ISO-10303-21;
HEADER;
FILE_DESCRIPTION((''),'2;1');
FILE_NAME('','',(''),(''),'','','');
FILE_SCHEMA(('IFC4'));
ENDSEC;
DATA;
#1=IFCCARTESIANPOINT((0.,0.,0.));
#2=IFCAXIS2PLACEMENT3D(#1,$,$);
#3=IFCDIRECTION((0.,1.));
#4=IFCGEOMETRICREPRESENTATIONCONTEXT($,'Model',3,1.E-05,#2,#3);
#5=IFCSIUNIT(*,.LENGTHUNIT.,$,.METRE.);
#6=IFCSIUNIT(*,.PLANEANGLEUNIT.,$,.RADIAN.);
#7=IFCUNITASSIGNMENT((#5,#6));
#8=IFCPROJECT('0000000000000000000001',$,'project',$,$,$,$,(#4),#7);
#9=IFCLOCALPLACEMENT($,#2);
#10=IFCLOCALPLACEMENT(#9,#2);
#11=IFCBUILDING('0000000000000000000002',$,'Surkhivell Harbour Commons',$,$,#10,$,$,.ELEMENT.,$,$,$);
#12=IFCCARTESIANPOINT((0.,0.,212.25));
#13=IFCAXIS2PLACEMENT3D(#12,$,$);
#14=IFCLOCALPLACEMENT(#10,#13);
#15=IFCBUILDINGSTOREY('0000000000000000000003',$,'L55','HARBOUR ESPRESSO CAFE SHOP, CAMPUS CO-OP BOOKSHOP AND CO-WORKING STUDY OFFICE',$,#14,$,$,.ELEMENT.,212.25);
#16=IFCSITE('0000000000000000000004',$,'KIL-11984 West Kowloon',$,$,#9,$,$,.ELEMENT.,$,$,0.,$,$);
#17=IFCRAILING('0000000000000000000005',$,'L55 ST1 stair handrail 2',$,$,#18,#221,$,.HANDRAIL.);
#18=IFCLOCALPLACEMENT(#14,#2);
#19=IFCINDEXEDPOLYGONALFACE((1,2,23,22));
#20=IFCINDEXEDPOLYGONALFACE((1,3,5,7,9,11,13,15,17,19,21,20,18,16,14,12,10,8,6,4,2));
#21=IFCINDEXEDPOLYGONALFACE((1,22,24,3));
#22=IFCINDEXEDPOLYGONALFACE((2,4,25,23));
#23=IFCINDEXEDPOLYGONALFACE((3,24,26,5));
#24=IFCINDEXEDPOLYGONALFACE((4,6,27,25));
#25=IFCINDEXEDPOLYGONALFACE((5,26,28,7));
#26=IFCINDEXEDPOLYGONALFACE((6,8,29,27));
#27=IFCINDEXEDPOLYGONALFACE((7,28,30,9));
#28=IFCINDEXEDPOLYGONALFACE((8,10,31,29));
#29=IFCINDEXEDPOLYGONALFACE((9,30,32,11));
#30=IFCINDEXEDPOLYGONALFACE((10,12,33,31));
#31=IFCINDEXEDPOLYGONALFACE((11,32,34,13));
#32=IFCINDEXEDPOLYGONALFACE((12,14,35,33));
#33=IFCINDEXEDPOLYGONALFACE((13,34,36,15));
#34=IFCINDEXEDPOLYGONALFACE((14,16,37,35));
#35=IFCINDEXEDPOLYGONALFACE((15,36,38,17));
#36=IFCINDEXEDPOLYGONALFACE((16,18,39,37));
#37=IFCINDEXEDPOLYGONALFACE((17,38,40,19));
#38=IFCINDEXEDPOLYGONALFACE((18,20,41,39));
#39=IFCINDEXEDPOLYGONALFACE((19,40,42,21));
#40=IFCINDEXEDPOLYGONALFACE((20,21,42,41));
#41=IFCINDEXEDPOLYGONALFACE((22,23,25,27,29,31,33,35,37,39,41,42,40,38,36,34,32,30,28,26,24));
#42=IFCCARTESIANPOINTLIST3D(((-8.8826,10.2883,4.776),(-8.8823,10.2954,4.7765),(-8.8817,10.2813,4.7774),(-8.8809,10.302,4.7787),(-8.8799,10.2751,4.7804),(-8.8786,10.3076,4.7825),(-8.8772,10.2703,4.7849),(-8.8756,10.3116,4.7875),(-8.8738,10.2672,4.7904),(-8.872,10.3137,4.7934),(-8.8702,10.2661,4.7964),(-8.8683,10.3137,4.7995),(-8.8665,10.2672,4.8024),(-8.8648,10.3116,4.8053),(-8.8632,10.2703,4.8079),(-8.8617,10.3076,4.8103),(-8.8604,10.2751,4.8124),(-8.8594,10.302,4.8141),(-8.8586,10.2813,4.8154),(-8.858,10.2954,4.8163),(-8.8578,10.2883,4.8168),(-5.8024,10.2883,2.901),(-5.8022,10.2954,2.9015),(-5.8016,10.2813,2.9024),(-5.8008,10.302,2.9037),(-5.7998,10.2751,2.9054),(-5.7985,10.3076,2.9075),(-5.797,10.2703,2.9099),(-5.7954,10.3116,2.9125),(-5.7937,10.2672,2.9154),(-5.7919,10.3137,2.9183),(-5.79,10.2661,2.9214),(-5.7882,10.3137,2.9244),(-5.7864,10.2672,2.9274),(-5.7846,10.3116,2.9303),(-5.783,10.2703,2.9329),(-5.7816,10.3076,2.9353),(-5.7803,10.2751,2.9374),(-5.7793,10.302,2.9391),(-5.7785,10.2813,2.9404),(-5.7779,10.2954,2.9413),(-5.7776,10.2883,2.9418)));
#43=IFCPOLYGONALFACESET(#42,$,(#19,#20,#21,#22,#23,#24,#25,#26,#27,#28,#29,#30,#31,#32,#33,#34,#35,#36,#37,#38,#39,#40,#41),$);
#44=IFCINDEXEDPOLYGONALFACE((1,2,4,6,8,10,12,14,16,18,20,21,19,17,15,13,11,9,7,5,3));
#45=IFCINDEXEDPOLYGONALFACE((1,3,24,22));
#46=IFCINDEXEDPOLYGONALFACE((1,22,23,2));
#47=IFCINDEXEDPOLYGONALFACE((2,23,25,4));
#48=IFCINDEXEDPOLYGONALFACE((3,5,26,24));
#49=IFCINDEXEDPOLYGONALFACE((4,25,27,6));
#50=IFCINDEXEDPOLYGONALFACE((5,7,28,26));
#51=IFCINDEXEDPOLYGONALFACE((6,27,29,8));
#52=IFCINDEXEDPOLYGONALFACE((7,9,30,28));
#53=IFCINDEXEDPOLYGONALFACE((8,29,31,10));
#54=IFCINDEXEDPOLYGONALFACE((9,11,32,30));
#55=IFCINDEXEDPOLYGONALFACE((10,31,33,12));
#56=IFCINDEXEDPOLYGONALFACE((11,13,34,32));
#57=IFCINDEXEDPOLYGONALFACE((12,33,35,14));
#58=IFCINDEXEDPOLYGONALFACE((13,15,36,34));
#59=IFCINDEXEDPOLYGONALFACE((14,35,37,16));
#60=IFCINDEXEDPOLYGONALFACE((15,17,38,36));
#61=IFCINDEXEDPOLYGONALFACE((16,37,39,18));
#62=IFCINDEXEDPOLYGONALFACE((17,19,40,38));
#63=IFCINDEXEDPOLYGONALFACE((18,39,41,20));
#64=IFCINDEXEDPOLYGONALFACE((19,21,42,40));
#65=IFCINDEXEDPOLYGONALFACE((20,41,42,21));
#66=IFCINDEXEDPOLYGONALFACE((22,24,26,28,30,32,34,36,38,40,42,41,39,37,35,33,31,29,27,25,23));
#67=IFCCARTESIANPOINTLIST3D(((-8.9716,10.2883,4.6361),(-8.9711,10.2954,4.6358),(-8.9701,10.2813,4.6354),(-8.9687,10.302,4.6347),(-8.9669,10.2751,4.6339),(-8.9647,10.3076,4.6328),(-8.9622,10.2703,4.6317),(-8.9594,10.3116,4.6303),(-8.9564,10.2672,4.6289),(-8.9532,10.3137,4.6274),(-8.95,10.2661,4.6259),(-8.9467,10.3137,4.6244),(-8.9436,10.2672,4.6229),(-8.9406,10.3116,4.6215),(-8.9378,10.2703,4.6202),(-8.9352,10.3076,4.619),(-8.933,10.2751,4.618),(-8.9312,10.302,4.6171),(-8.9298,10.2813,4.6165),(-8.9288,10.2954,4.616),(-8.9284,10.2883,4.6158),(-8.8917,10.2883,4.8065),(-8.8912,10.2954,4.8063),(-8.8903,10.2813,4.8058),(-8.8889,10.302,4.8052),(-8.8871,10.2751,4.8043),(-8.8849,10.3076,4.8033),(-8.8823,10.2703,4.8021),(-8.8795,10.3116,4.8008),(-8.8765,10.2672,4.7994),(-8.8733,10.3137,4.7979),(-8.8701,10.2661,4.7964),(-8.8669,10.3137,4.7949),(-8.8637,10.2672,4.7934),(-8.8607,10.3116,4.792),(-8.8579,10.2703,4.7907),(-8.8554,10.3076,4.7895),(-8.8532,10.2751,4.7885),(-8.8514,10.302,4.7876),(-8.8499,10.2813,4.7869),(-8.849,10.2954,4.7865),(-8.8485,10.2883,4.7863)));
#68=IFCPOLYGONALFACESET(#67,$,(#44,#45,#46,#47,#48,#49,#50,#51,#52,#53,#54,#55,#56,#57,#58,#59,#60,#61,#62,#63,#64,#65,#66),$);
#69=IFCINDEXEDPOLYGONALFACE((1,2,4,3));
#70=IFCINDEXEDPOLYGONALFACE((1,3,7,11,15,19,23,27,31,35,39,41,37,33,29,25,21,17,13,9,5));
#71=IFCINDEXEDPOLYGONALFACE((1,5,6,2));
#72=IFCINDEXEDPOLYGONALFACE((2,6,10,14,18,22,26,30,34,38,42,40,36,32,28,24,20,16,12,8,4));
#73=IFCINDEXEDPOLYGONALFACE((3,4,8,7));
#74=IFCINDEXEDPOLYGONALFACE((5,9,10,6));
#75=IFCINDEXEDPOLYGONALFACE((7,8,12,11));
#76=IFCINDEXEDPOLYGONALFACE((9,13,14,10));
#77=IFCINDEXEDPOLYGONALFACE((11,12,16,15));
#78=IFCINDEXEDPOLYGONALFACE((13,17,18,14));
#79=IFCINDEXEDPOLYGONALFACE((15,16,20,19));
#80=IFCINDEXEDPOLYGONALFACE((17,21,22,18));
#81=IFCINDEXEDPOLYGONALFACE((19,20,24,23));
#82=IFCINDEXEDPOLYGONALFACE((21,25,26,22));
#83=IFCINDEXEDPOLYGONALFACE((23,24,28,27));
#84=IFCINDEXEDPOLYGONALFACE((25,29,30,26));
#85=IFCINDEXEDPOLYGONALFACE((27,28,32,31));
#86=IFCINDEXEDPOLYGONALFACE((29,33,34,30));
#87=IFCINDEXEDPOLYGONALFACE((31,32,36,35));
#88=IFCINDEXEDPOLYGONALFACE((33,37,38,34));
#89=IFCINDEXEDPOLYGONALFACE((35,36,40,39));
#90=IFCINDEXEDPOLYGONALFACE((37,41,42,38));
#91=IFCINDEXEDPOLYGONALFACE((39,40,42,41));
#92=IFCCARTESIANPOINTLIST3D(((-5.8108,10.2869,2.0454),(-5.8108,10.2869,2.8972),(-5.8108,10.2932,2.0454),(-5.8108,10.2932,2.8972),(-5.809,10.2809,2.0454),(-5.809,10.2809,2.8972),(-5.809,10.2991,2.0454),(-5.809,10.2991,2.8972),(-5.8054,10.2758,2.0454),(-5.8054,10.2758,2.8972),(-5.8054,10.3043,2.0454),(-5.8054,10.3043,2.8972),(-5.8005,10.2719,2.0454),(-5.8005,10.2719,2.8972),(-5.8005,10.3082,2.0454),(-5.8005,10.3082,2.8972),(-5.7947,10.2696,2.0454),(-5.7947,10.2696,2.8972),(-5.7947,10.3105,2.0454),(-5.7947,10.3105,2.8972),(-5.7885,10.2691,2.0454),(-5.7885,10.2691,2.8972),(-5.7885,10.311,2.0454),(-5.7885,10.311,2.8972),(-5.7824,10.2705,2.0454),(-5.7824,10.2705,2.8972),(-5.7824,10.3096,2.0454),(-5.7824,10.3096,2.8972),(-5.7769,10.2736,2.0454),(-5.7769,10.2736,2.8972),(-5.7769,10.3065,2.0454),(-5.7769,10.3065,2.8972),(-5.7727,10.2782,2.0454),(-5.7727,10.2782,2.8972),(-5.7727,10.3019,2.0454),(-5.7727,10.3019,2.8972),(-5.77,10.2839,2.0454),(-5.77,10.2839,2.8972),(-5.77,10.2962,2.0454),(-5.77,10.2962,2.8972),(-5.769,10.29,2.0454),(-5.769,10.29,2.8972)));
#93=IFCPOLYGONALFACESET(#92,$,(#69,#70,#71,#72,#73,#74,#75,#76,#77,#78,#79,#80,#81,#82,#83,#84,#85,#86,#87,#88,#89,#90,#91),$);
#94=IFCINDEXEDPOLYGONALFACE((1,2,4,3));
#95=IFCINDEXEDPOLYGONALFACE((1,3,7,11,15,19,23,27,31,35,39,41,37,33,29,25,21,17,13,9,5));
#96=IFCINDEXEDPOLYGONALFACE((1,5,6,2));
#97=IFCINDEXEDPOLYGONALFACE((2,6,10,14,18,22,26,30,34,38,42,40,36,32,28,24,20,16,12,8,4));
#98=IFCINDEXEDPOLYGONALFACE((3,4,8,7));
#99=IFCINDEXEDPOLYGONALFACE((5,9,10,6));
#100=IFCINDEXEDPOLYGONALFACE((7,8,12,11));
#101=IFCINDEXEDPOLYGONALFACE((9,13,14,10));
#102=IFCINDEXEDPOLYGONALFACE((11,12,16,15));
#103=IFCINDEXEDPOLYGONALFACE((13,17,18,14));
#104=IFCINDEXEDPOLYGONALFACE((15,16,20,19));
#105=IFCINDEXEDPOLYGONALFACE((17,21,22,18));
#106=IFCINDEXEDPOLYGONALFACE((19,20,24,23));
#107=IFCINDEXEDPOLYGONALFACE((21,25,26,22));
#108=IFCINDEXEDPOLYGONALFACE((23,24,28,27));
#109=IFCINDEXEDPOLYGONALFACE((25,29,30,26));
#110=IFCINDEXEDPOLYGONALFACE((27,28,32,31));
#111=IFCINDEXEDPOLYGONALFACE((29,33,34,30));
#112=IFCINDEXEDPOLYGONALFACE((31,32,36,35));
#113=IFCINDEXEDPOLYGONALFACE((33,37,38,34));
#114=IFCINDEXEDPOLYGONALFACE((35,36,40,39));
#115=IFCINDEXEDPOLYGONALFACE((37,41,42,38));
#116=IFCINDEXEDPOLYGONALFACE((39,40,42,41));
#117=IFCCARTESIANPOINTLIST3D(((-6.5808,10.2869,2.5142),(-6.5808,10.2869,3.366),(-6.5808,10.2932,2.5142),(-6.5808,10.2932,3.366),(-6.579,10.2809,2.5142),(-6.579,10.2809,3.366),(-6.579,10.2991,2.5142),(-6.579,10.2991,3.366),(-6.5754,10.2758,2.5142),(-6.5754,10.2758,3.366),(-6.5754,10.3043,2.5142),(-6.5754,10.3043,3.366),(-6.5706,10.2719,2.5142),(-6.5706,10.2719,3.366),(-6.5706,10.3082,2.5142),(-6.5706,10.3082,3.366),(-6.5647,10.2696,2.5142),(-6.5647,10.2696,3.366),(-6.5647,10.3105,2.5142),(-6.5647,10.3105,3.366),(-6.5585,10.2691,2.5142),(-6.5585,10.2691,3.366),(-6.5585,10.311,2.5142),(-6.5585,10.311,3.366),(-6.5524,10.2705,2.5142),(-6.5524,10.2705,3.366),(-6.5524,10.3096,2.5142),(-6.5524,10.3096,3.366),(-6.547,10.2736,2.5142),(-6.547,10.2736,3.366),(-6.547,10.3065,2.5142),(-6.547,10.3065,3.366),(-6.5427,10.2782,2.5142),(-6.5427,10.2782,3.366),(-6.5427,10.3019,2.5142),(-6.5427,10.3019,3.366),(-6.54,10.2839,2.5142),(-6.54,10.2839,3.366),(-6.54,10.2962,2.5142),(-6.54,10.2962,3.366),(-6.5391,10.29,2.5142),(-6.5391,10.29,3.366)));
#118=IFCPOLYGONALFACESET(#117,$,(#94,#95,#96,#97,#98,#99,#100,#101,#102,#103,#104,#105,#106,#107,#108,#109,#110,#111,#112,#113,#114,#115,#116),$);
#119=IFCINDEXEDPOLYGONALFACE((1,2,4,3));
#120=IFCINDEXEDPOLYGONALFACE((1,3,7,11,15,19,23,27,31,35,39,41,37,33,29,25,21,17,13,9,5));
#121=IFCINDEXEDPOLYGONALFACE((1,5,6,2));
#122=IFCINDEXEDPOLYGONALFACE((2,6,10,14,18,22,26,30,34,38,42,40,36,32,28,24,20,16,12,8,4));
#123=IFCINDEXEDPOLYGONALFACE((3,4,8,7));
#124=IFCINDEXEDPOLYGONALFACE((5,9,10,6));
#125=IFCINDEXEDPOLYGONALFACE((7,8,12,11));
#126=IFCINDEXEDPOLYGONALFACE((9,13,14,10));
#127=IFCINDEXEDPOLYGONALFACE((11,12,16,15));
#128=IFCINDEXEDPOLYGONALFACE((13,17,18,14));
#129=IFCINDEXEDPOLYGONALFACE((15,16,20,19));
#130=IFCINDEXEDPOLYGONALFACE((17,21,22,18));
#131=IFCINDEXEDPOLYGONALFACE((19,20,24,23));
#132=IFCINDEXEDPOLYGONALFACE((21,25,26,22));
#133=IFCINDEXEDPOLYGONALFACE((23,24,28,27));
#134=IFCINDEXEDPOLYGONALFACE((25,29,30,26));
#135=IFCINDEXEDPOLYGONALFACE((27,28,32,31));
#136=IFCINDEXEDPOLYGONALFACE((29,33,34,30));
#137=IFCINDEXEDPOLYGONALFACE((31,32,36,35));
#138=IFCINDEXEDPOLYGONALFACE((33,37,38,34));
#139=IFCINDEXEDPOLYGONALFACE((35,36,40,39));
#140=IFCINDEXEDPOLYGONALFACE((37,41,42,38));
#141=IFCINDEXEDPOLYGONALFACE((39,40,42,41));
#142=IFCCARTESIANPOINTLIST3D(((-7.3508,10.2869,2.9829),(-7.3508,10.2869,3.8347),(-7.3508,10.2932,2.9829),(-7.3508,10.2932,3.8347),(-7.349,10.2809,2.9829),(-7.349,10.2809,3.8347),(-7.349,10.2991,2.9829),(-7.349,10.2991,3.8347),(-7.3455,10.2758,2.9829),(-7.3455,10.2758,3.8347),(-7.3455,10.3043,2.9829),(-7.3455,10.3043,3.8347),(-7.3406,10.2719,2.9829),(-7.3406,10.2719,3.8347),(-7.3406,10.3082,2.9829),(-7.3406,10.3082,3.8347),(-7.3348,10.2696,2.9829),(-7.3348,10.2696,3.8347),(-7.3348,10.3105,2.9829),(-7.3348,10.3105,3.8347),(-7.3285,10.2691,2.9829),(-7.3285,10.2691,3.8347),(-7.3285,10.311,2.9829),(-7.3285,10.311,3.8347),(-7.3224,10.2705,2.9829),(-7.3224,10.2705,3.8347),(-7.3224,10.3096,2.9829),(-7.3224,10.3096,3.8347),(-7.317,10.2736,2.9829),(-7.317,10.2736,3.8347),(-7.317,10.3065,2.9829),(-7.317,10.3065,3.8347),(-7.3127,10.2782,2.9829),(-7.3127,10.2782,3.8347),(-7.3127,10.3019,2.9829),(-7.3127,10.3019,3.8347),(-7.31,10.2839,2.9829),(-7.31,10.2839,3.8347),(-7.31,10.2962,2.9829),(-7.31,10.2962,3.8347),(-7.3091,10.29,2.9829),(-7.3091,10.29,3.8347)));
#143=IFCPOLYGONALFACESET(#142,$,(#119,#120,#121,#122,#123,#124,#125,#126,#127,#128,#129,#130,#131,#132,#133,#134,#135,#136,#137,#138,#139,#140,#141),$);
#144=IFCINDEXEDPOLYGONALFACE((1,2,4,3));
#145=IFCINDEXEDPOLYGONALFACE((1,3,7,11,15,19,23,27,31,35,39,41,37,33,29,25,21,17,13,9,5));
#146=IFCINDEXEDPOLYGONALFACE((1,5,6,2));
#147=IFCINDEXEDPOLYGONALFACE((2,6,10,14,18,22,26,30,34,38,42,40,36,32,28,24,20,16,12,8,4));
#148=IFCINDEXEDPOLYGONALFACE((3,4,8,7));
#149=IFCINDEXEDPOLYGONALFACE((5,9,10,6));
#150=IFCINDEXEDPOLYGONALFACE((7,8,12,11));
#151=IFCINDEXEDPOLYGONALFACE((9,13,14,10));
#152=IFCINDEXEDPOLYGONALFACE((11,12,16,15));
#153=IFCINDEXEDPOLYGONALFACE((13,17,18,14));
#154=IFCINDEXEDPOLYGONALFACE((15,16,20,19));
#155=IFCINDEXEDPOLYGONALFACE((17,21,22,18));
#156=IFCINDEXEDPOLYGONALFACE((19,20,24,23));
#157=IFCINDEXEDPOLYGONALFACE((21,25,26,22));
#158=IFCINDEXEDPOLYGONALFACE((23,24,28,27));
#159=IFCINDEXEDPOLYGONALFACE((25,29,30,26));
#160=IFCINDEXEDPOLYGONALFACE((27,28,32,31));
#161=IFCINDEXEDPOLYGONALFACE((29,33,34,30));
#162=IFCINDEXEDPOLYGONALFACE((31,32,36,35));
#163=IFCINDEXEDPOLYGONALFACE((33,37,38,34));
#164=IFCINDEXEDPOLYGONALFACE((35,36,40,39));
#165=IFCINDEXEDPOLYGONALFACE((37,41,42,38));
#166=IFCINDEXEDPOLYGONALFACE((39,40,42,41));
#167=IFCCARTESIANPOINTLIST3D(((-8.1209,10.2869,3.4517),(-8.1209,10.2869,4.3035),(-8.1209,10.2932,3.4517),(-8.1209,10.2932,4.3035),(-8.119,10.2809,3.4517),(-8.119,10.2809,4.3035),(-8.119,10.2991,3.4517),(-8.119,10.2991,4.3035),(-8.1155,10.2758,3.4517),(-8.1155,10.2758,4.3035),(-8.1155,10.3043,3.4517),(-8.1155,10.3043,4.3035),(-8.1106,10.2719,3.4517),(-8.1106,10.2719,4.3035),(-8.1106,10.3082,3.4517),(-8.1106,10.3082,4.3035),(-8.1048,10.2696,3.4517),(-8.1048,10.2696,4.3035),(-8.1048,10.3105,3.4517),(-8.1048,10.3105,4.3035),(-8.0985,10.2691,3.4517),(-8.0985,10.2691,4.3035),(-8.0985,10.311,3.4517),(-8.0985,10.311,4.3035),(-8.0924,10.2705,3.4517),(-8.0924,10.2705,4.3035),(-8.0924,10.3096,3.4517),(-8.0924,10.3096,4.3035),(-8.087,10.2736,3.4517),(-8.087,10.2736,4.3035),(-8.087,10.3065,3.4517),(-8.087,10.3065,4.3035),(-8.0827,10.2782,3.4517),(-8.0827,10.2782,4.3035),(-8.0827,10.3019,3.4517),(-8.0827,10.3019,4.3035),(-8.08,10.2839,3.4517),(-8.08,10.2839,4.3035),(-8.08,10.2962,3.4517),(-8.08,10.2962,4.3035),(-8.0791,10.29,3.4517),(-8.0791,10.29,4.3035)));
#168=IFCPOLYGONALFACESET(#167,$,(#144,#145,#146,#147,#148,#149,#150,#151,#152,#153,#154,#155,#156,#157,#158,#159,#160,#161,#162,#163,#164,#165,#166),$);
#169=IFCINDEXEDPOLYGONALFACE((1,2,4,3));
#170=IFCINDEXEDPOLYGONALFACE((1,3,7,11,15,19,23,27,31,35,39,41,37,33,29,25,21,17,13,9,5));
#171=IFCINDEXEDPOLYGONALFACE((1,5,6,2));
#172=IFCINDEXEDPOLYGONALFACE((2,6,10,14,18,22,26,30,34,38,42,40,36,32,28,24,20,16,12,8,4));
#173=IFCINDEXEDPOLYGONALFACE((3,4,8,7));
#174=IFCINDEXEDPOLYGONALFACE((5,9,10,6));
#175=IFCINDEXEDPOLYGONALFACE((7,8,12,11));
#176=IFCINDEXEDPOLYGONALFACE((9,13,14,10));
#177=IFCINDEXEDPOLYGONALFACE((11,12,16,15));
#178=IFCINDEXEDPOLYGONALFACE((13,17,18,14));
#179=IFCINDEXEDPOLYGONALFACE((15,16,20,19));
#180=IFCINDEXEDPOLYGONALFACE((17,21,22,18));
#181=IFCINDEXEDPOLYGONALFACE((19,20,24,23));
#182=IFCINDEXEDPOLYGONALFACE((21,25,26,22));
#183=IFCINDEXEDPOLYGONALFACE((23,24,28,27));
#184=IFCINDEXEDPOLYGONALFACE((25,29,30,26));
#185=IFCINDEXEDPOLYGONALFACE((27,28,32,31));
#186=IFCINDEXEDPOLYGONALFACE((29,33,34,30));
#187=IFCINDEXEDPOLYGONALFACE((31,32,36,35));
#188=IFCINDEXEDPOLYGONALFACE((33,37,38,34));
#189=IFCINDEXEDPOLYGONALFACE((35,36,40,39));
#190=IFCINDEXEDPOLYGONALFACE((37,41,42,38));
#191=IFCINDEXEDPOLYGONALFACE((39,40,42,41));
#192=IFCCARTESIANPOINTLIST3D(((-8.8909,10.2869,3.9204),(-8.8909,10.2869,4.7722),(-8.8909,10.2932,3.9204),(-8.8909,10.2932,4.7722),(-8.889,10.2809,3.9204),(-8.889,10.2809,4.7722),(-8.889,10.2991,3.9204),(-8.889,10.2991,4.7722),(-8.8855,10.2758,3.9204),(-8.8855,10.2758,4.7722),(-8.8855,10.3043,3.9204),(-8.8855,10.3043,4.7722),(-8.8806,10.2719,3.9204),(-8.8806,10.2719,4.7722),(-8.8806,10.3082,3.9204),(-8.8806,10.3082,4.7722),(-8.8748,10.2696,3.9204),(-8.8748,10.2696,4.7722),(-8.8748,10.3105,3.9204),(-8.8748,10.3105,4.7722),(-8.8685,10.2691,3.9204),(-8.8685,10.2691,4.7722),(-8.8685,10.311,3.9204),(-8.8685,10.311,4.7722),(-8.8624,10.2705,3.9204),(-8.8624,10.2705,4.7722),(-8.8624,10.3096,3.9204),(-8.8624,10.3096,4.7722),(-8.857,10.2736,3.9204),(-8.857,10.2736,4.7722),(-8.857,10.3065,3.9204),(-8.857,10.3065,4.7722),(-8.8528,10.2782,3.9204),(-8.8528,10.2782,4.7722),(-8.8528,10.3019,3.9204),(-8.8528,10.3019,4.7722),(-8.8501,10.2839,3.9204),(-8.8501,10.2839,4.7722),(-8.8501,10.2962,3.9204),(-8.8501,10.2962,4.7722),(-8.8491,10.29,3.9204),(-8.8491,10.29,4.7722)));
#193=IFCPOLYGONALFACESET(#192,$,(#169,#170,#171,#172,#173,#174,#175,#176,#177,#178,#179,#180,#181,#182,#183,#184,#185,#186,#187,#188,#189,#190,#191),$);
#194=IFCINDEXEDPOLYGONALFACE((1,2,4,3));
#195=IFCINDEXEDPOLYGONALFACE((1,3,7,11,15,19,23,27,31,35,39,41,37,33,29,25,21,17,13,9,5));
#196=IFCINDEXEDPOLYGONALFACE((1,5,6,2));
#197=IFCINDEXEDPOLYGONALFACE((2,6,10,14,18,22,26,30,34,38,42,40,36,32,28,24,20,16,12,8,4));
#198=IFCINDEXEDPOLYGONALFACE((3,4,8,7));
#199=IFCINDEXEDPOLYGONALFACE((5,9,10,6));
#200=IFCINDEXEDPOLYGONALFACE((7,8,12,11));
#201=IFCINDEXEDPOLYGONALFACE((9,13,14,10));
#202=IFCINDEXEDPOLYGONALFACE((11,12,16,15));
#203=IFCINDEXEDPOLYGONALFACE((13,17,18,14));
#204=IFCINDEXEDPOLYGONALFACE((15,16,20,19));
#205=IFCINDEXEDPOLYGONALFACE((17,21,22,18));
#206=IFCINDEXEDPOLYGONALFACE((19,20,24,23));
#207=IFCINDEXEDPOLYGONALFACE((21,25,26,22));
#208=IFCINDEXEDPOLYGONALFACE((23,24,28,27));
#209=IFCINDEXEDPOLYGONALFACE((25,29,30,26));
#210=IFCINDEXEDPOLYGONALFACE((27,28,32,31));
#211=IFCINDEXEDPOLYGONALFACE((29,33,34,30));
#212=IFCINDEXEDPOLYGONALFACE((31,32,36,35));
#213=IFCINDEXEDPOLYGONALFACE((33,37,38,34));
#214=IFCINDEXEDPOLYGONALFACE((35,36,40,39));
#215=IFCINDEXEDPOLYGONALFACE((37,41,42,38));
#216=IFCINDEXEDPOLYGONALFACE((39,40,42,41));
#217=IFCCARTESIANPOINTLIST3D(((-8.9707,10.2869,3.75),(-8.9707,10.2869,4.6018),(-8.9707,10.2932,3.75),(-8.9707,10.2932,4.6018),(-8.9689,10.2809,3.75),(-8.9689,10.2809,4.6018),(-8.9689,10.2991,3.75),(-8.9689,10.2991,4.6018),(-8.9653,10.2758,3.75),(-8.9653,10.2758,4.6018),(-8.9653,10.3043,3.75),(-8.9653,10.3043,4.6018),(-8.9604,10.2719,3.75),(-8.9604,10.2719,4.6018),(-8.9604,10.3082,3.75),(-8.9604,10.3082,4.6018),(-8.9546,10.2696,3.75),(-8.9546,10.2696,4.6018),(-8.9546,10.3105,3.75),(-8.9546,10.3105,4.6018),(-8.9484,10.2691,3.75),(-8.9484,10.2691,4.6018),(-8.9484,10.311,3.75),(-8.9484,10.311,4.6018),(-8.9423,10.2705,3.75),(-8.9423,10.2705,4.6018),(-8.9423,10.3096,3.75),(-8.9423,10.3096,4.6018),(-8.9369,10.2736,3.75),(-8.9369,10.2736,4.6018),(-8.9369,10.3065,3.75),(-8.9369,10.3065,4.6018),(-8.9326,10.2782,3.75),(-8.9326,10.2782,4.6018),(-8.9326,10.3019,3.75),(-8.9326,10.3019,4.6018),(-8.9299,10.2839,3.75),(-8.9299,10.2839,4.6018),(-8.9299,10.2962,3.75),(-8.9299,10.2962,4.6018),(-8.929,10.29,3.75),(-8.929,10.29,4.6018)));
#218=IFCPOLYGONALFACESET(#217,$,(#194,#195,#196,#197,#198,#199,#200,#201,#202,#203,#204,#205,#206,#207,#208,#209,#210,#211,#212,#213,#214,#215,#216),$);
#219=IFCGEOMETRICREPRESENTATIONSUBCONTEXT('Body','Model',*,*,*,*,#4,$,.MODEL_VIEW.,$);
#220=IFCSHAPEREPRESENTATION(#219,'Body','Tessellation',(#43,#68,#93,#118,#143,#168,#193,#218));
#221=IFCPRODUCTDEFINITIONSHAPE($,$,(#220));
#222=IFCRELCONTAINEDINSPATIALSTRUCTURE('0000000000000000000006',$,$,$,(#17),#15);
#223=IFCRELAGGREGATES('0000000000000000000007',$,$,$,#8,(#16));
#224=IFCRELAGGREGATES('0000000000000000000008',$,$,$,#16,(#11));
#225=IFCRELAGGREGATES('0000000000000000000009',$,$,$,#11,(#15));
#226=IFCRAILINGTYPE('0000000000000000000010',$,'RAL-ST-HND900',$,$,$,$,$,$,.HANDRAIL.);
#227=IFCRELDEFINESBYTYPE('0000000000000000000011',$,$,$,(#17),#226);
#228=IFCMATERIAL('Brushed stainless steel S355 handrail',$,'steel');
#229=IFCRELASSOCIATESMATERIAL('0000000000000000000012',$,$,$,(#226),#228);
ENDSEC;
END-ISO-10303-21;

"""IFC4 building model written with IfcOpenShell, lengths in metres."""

from ifc_helpers import new_model, si_unit, direction, frame, origin, origin_2d, place, context, subcontext, project, spatial, circle, extrude, material, type_object, element, save


model = new_model("IFC4")

# Units and contexts
model_context = context("Model", 3, precision=1e-05, world=origin(), true_north=direction((0.0, 1.0)))
body_context = subcontext(model_context, "Body", "Model", "MODEL_VIEW")
ifc_project = project(units=[si_unit("LENGTHUNIT", "METRE"), si_unit("PLANEANGLEUNIT", "RADIAN")], contexts=[model_context])

# Site, building, storey
site_placement = place(None, origin())
site = spatial("IfcSite", under=ifc_project, at=site_placement, Name="KIL-11984 West Kowloon", CompositionType="ELEMENT", RefElevation=0.0)
building_placement = place(site_placement, origin())
building = spatial("IfcBuilding", under=site, at=building_placement, Name="Surkhivell Harbour Commons", CompositionType="ELEMENT")
storey_placement = place(building_placement, frame((0.0, 0.0, 212.25)))
storey = spatial("IfcBuildingStorey", under=building, at=storey_placement, Name="L55", Description="HARBOUR ESPRESSO CAFE SHOP, CAMPUS CO-OP BOOKSHOP AND CO-WORKING STUDY OFFICE", CompositionType="ELEMENT", Elevation=212.25)

# Railing
ifc_material_1 = material(Name="Brushed stainless steel S355 handrail", Category="steel")
railing_type_1 = type_object("IfcRailingType", Name="RAL-ST-HND900", PredefinedType="HANDRAIL", material=ifc_material_1)
railing_1_placement = place(storey_placement, frame((-5.79, 10.29, 2.0454)))
element("IfcRailing", 1, at=railing_1_placement, inside=storey, type_object=railing_type_1, Name="L55 ST1 stair handrail 2", PredefinedType="HANDRAIL", context=body_context, shape_type="SweptSolid", body=[
    extrude(circle(Radius=0.0239, at=origin_2d()), frame((0.0, 0.0, 0.876), z_axis=(-0.854178, 0.0, 0.519981), x_axis=(0.0, -1.0, 0.0)), (0.0, 0.0, 1.0), 3.606),
    extrude(circle(Radius=0.0239, at=origin_2d()), frame((-3.0801, 0.0, 2.751), z_axis=(-0.424234, 0.0, -0.905552), x_axis=(0.0, -1.0, 0.0)), (0.0, 0.0, 1.0), 0.1882),
    extrude(circle(Radius=0.021, at=origin_2d()), origin(), (0.0, 0.0, 1.0), 0.8518),
    extrude(circle(Radius=0.021, at=origin_2d()), frame((-0.77, 0.0, 0.4688)), (0.0, 0.0, 1.0), 0.8518),
    extrude(circle(Radius=0.021, at=origin_2d()), frame((-1.54, 0.0, 0.9375)), (0.0, 0.0, 1.0), 0.8518),
    extrude(circle(Radius=0.021, at=origin_2d()), frame((-2.3101, 0.0, 1.4062)), (0.0, 0.0, 1.0), 0.8518),
    extrude(circle(Radius=0.021, at=origin_2d()), frame((-3.0801, 0.0, 1.875)), (0.0, 0.0, 1.0), 0.8518),
    extrude(circle(Radius=0.021, at=origin_2d()), frame((-3.1599, 0.0, 1.7046)), (0.0, 0.0, 1.0), 0.8518),
])

save(model, "model.ifc")
